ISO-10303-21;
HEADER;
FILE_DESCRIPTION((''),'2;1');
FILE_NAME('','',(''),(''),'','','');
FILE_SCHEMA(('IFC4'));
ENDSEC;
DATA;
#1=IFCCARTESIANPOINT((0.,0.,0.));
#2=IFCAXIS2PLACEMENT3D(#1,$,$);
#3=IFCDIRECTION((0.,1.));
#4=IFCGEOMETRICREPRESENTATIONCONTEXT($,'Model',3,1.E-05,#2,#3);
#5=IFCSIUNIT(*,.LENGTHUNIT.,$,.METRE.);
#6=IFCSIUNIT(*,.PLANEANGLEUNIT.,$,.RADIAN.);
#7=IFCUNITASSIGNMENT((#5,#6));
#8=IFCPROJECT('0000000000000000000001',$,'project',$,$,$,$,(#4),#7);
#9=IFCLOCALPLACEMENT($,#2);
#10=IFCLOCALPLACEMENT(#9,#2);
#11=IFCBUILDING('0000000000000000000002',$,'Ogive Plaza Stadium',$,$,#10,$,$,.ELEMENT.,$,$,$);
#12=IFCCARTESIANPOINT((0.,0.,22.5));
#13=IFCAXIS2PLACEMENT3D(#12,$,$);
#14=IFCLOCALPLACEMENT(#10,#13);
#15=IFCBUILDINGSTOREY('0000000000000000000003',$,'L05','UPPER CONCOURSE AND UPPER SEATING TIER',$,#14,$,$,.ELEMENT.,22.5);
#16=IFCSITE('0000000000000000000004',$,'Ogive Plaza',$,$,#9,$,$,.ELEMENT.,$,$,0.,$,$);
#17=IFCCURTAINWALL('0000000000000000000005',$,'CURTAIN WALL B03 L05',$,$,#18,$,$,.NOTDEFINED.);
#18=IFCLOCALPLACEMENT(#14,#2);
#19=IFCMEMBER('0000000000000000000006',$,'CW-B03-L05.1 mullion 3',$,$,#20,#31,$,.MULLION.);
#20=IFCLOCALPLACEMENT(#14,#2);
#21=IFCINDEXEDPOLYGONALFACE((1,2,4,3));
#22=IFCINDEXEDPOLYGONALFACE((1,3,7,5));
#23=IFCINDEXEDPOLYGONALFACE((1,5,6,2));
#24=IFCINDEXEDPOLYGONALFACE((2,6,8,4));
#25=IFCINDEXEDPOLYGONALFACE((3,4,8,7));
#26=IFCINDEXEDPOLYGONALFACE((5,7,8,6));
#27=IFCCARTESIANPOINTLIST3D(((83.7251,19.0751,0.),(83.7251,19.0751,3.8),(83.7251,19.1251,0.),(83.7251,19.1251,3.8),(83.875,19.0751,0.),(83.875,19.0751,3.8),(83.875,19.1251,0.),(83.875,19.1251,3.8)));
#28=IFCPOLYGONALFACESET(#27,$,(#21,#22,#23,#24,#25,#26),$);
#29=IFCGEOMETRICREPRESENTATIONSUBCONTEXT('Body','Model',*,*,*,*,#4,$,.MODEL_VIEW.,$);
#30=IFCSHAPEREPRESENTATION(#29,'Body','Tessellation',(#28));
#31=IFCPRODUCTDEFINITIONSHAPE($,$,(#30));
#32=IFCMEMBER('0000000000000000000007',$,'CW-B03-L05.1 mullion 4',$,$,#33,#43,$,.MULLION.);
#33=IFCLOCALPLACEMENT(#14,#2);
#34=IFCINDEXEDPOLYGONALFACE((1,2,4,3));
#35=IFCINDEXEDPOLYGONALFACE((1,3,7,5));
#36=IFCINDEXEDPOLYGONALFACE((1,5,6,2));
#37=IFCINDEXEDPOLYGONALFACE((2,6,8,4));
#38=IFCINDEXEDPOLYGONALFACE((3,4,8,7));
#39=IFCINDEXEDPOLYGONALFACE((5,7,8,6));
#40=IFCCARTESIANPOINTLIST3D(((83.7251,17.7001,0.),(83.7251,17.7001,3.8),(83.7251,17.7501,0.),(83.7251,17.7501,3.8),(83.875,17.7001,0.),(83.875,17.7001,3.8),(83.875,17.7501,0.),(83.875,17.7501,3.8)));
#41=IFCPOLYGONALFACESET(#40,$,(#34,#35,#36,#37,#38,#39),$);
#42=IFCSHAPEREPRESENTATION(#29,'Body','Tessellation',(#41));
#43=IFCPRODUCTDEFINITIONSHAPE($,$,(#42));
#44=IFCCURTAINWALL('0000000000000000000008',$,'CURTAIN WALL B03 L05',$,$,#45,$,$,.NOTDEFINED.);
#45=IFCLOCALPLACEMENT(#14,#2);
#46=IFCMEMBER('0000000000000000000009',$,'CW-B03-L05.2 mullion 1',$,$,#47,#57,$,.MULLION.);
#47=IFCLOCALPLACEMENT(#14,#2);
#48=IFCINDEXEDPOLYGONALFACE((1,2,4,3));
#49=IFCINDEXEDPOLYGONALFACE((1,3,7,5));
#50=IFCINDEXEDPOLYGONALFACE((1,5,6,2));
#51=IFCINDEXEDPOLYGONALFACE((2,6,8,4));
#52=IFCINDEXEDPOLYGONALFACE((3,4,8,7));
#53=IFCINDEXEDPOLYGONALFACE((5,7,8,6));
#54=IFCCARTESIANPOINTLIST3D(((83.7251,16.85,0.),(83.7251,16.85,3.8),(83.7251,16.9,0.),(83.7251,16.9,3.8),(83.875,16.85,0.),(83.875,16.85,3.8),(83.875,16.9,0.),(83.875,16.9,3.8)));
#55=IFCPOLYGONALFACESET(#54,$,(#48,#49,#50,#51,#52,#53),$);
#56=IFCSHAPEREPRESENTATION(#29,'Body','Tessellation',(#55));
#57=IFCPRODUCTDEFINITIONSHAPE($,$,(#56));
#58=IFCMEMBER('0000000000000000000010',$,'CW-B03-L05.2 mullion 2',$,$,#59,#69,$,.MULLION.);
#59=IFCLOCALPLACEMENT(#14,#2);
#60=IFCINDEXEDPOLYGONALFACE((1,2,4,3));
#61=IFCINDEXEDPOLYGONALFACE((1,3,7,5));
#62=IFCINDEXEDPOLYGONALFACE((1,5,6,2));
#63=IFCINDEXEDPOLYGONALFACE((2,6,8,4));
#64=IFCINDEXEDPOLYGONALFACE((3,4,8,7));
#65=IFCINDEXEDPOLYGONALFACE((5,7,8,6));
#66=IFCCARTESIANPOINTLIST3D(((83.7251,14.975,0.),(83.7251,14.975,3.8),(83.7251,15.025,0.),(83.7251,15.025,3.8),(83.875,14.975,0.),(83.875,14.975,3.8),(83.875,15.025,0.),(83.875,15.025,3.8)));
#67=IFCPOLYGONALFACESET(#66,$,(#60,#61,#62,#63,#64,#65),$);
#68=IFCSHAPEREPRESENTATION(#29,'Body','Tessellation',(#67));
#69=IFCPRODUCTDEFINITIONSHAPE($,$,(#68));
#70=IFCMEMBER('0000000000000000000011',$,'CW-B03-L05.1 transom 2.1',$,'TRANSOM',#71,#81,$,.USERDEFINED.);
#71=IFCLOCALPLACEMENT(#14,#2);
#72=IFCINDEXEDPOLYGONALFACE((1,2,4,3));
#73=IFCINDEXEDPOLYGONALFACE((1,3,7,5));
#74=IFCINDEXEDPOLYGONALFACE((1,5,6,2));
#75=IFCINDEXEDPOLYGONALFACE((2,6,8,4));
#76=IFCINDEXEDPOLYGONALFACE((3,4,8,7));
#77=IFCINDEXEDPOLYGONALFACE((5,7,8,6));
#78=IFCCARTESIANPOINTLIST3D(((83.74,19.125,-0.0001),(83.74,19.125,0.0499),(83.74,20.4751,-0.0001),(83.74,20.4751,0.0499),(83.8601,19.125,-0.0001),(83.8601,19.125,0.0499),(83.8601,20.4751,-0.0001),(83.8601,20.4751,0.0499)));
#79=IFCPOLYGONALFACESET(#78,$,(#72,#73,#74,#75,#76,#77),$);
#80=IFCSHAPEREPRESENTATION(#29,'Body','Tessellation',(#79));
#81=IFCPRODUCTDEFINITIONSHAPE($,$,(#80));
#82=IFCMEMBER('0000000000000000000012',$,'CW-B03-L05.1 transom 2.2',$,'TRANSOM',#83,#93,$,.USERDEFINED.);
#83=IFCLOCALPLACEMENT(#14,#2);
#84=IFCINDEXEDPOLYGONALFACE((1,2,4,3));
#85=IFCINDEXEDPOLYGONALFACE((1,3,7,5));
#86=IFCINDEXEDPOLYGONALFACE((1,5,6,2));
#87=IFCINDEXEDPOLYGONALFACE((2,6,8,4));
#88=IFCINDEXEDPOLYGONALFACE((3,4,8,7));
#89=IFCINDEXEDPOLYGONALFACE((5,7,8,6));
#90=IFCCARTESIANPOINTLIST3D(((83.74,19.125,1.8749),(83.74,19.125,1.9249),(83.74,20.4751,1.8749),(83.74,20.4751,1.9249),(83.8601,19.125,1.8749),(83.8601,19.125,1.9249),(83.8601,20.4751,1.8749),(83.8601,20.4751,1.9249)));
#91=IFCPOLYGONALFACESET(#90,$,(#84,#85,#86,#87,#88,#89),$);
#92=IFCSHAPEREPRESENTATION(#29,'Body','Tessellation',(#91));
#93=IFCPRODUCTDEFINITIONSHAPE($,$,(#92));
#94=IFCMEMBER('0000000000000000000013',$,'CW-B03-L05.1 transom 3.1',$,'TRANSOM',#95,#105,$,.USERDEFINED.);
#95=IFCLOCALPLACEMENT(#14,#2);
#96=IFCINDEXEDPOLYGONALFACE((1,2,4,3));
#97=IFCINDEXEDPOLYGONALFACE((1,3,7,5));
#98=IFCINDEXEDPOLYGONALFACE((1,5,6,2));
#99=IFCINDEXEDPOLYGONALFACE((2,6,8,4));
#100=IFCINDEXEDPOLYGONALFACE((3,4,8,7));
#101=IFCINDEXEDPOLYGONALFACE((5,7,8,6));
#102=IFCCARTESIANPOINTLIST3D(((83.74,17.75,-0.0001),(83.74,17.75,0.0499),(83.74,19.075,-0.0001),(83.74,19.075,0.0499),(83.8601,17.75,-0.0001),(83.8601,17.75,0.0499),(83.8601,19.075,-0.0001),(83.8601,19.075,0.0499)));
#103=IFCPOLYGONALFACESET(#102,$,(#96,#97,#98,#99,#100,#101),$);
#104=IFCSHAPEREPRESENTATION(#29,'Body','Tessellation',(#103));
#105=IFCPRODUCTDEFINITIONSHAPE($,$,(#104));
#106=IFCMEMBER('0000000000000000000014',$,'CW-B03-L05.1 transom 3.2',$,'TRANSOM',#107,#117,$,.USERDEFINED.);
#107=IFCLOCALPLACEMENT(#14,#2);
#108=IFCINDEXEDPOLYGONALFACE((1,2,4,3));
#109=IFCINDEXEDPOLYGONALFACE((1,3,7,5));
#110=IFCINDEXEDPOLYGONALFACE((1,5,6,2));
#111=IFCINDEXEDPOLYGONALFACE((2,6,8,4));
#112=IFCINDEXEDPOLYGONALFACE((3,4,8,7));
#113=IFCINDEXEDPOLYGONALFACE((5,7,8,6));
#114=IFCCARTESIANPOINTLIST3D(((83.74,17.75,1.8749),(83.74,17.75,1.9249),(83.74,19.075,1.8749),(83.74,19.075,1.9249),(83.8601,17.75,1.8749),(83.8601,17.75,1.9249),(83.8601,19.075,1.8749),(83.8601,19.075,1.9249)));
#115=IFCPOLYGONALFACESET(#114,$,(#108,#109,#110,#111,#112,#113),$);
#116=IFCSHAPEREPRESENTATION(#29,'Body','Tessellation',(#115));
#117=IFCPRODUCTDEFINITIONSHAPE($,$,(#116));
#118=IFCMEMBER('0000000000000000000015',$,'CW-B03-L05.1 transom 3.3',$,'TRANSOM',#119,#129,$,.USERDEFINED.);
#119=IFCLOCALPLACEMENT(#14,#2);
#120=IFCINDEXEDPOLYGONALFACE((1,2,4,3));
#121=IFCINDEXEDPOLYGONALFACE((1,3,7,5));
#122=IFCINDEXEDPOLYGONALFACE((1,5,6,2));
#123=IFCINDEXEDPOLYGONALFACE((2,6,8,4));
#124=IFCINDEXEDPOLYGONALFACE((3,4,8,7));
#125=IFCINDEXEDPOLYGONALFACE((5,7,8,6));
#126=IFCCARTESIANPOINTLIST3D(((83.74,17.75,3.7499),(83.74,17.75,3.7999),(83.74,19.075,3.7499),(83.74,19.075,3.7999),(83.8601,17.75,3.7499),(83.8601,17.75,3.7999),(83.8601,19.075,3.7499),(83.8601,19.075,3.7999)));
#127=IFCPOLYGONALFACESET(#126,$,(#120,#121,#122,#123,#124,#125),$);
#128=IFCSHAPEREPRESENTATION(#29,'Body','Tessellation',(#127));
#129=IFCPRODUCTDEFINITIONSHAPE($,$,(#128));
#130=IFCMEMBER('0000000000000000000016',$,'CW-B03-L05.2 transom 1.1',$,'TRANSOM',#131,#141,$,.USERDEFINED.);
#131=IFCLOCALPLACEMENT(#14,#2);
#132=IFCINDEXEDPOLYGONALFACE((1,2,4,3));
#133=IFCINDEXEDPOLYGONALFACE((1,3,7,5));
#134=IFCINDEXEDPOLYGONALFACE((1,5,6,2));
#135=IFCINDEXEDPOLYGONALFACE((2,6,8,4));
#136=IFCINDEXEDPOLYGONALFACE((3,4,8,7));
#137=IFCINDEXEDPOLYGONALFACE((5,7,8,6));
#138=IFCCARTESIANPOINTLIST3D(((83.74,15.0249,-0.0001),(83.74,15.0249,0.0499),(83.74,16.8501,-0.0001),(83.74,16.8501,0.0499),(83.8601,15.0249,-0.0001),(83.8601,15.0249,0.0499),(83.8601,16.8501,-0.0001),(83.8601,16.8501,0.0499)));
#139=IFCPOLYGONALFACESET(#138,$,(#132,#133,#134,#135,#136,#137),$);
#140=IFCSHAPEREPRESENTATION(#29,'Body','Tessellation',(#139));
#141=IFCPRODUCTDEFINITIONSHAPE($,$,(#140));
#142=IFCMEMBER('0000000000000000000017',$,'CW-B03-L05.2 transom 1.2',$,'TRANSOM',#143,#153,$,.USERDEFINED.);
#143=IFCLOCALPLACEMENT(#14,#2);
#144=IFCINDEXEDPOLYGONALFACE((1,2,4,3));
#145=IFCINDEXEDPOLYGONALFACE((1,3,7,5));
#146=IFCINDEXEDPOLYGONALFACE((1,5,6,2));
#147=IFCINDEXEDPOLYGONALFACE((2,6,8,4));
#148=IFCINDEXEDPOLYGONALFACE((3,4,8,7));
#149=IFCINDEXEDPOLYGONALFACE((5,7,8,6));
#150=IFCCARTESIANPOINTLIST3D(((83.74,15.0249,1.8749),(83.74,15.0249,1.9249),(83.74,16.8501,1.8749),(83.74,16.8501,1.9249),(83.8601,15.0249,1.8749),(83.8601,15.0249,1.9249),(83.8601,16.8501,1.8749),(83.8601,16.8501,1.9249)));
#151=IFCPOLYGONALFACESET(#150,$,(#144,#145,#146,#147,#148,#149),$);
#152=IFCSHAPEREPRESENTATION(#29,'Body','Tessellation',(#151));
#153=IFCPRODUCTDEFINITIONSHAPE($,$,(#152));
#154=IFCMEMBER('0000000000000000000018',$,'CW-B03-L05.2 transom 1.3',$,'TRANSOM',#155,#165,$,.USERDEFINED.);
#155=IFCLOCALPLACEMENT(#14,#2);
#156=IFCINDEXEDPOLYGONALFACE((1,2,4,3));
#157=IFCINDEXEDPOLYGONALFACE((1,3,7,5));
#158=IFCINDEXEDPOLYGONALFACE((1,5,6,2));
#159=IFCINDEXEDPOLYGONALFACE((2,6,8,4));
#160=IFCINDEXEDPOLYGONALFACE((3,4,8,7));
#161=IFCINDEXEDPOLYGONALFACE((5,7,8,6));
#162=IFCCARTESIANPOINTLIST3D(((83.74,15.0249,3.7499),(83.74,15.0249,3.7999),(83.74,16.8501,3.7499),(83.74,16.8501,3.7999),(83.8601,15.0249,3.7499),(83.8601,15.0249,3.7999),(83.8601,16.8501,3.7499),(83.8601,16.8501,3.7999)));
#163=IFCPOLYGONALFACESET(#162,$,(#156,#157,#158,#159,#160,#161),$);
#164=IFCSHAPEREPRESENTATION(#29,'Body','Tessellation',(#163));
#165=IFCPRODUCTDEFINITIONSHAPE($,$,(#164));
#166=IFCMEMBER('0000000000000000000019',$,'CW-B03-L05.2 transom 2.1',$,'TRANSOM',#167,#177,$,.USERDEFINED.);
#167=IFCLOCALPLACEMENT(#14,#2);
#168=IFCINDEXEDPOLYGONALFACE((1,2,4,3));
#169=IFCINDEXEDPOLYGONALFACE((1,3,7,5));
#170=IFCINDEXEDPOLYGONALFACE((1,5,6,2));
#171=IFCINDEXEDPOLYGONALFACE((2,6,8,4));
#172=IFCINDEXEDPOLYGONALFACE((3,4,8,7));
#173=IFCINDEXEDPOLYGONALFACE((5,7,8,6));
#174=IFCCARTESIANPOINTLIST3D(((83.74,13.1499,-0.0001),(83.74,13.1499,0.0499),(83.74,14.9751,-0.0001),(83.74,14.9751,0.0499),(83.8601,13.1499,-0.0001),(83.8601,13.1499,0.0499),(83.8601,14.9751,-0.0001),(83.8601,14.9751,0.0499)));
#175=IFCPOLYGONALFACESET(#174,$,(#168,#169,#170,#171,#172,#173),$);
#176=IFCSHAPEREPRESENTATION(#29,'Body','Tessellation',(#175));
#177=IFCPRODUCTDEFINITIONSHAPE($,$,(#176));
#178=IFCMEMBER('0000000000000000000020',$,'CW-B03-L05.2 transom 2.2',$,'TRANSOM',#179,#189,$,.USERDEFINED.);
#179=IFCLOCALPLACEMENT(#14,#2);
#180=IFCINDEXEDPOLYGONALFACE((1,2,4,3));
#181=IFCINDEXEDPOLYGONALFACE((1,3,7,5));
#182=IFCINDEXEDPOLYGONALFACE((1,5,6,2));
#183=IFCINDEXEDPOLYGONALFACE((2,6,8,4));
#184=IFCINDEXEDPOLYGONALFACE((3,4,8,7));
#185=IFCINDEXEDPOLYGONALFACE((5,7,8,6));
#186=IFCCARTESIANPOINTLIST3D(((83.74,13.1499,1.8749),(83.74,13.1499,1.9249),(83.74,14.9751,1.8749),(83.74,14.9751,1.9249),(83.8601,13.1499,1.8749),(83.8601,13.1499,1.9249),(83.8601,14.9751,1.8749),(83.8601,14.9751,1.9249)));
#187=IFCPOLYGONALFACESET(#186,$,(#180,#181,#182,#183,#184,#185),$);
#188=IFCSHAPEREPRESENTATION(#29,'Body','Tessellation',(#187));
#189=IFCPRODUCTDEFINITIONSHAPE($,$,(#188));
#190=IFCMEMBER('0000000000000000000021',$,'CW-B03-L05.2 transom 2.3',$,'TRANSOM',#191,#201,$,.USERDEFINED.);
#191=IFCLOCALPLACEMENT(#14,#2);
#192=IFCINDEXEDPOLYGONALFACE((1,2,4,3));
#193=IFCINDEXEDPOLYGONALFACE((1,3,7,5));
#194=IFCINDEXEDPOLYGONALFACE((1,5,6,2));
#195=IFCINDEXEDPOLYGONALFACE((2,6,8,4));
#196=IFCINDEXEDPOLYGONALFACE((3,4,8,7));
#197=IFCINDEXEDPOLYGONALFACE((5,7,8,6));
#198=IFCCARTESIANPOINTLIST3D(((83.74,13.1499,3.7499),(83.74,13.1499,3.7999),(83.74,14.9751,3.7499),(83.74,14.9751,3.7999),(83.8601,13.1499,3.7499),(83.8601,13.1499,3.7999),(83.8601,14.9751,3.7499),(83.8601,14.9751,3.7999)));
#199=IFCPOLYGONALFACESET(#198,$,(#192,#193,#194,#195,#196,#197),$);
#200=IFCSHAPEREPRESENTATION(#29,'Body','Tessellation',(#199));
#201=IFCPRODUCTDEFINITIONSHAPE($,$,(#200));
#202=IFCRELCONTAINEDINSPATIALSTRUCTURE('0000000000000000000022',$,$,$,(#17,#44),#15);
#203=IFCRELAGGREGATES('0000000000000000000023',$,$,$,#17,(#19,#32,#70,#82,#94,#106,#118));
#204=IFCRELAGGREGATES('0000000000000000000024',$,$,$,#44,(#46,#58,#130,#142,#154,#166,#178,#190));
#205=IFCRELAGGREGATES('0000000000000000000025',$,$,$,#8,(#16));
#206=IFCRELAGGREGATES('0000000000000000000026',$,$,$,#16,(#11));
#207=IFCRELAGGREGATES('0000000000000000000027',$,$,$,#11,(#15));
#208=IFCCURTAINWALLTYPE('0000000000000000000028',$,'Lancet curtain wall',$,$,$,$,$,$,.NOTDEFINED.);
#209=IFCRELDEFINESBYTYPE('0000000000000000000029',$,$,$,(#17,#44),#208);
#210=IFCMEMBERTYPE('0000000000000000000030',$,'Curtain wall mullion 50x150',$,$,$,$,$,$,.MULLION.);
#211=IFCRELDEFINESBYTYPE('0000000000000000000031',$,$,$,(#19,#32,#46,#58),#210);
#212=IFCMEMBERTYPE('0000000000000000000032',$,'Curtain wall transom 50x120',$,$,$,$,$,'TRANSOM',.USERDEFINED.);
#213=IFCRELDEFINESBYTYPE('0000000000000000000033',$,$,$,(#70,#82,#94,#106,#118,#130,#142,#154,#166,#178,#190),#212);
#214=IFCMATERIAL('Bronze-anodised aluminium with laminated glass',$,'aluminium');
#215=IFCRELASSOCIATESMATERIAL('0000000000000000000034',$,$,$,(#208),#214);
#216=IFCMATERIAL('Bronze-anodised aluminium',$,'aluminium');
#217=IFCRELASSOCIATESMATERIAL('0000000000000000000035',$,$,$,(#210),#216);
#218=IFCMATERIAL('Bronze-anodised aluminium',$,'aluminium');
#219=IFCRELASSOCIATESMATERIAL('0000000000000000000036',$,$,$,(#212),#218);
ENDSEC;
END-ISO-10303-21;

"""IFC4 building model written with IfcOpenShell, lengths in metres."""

from ifc_helpers import new_model, si_unit, direction, frame, origin, origin_2d, place, context, subcontext, project, spatial, rectangle, extrude, material, material_profile, profile_set, type_object, element, aggregate, save


model = new_model("IFC4")

# Units and contexts
model_context = context("Model", 3, precision=1e-05, world=origin(), true_north=direction((0.0, 1.0)))
body_context = subcontext(model_context, "Body", "Model", "MODEL_VIEW")
ifc_project = project(units=[si_unit("LENGTHUNIT", "METRE"), si_unit("PLANEANGLEUNIT", "RADIAN")], contexts=[model_context])

# Site, building, storey
site_placement = place(None, origin())
site = spatial("IfcSite", under=ifc_project, at=site_placement, Name="Ogive Plaza", CompositionType="ELEMENT", RefElevation=0.0)
building_placement = place(site_placement, origin())
building = spatial("IfcBuilding", under=site, at=building_placement, Name="Ogive Plaza Stadium", CompositionType="ELEMENT")
storey_placement = place(building_placement, frame((0.0, 0.0, 22.5)))
storey = spatial("IfcBuildingStorey", under=building, at=storey_placement, Name="L05", Description="UPPER CONCOURSE AND UPPER SEATING TIER", CompositionType="ELEMENT", Elevation=22.5)

# Curtain walls, members
ifc_material_1 = material(Name="Bronze-anodised aluminium with laminated glass", Category="aluminium")
curtain_wall_type = type_object("IfcCurtainWallType", Name="Lancet curtain wall", PredefinedType="NOTDEFINED", material=ifc_material_1)
curtain_wall_1_placement = place(storey_placement, origin())
curtain_wall_1 = element("IfcCurtainWall", 1, at=curtain_wall_1_placement, inside=storey, type_object=curtain_wall_type, Name="CURTAIN WALL B03 L05", PredefinedType="NOTDEFINED")
ifc_material_2 = material(Name="Bronze-anodised aluminium", Category="aluminium")
ifc_material_profile_1 = material_profile(ifc_material_2, rectangle(XDim=0.1499, YDim=0.05, at=origin_2d()), Name="AL 150x50")
ifc_profile_set_1 = profile_set([ifc_material_profile_1], Name="Bronze-anodised aluminium")
member_type_1 = type_object("IfcMemberType", Name="Curtain wall mullion 50x150", PredefinedType="MULLION", material=ifc_profile_set_1)
member_1_placement = place(storey_placement, frame((83.8, 19.1001, 0.0), z_axis=(0.0, 0.0, 1.0), x_axis=(1.0, 0.0, 0.0)))
member_1 = element("IfcMember", 2, at=member_1_placement, type_object=member_type_1, Name="CW-B03-L05.1 mullion 3", PredefinedType="MULLION", context=body_context, shape_type="SweptSolid", body=[
    extrude(rectangle(XDim=0.1499, YDim=0.05, at=origin_2d()), origin(), (0.0, 0.0, 1.0), 3.8),
])
member_2_placement = place(storey_placement, frame((83.8, 17.7251, 0.0), z_axis=(0.0, 0.0, 1.0), x_axis=(1.0, 0.0, 0.0)))
member_2 = element("IfcMember", 3, at=member_2_placement, type_object=member_type_1, Name="CW-B03-L05.1 mullion 4", PredefinedType="MULLION", context=body_context, shape_type="SweptSolid", body=[
    extrude(rectangle(XDim=0.1499, YDim=0.05, at=origin_2d()), origin(), (0.0, 0.0, 1.0), 3.8),
])
curtain_wall_2_placement = place(storey_placement, origin())
curtain_wall_2 = element("IfcCurtainWall", 4, at=curtain_wall_2_placement, inside=storey, type_object=curtain_wall_type, Name="CURTAIN WALL B03 L05", PredefinedType="NOTDEFINED")
member_3_placement = place(storey_placement, frame((83.8, 16.875, 0.0), z_axis=(0.0, 0.0, 1.0), x_axis=(1.0, 0.0, 0.0)))
member_3 = element("IfcMember", 5, at=member_3_placement, type_object=member_type_1, Name="CW-B03-L05.2 mullion 1", PredefinedType="MULLION", context=body_context, shape_type="SweptSolid", body=[
    extrude(rectangle(XDim=0.1499, YDim=0.05, at=origin_2d()), origin(), (0.0, 0.0, 1.0), 3.8),
])
member_4_placement = place(storey_placement, frame((83.8, 15.0, 0.0), z_axis=(0.0, 0.0, 1.0), x_axis=(1.0, 0.0, 0.0)))
member_4 = element("IfcMember", 6, at=member_4_placement, type_object=member_type_1, Name="CW-B03-L05.2 mullion 2", PredefinedType="MULLION", context=body_context, shape_type="SweptSolid", body=[
    extrude(rectangle(XDim=0.1499, YDim=0.05, at=origin_2d()), origin(), (0.0, 0.0, 1.0), 3.8),
])

# Members
ifc_material_3 = material(Name="Bronze-anodised aluminium", Category="aluminium")
ifc_material_profile_2 = material_profile(ifc_material_3, rectangle(XDim=0.1201, YDim=0.05, at=origin_2d()), Name="AL 120x50")
ifc_profile_set_2 = profile_set([ifc_material_profile_2], Name="Bronze-anodised aluminium")
member_type_2 = type_object("IfcMemberType", Name="Curtain wall transom 50x120", ElementType="TRANSOM", PredefinedType="USERDEFINED", material=ifc_profile_set_2)
member_5_placement = place(storey_placement, frame((83.8, 20.4751, 0.0249), z_axis=(0.0, -1.0, 0.0), x_axis=(1.0, 0.0, 0.0)))
member_5 = element("IfcMember", 7, at=member_5_placement, type_object=member_type_2, Name="CW-B03-L05.1 transom 2.1", ObjectType="TRANSOM", PredefinedType="USERDEFINED", context=body_context, shape_type="SweptSolid", body=[
    extrude(rectangle(XDim=0.1201, YDim=0.05, at=origin_2d()), origin(), (0.0, 0.0, 1.0), 1.3501),
])
member_6_placement = place(storey_placement, frame((83.8, 20.4751, 1.8999), z_axis=(0.0, -1.0, 0.0), x_axis=(1.0, 0.0, 0.0)))
member_6 = element("IfcMember", 8, at=member_6_placement, type_object=member_type_2, Name="CW-B03-L05.1 transom 2.2", ObjectType="TRANSOM", PredefinedType="USERDEFINED", context=body_context, shape_type="SweptSolid", body=[
    extrude(rectangle(XDim=0.1201, YDim=0.05, at=origin_2d()), origin(), (0.0, 0.0, 1.0), 1.3501),
])
member_7_placement = place(storey_placement, frame((83.8, 19.075, 0.0249), z_axis=(0.0, -1.0, 0.0), x_axis=(1.0, 0.0, 0.0)))
member_7 = element("IfcMember", 9, at=member_7_placement, type_object=member_type_2, Name="CW-B03-L05.1 transom 3.1", ObjectType="TRANSOM", PredefinedType="USERDEFINED", context=body_context, shape_type="SweptSolid", body=[
    extrude(rectangle(XDim=0.1201, YDim=0.05, at=origin_2d()), origin(), (0.0, 0.0, 1.0), 1.325),
])
member_8_placement = place(storey_placement, frame((83.8, 19.075, 1.8999), z_axis=(0.0, -1.0, 0.0), x_axis=(1.0, 0.0, 0.0)))
member_8 = element("IfcMember", 10, at=member_8_placement, type_object=member_type_2, Name="CW-B03-L05.1 transom 3.2", ObjectType="TRANSOM", PredefinedType="USERDEFINED", context=body_context, shape_type="SweptSolid", body=[
    extrude(rectangle(XDim=0.1201, YDim=0.05, at=origin_2d()), origin(), (0.0, 0.0, 1.0), 1.325),
])
member_9_placement = place(storey_placement, frame((83.8, 19.075, 3.7749), z_axis=(0.0, -1.0, 0.0), x_axis=(1.0, 0.0, 0.0)))
member_9 = element("IfcMember", 11, at=member_9_placement, type_object=member_type_2, Name="CW-B03-L05.1 transom 3.3", ObjectType="TRANSOM", PredefinedType="USERDEFINED", context=body_context, shape_type="SweptSolid", body=[
    extrude(rectangle(XDim=0.1201, YDim=0.05, at=origin_2d()), origin(), (0.0, 0.0, 1.0), 1.325),
])
member_10_placement = place(storey_placement, frame((83.8, 16.8501, 0.0249), z_axis=(0.0, -1.0, 0.0), x_axis=(1.0, 0.0, 0.0)))
member_10 = element("IfcMember", 12, at=member_10_placement, type_object=member_type_2, Name="CW-B03-L05.2 transom 1.1", ObjectType="TRANSOM", PredefinedType="USERDEFINED", context=body_context, shape_type="SweptSolid", body=[
    extrude(rectangle(XDim=0.1201, YDim=0.05, at=origin_2d()), origin(), (0.0, 0.0, 1.0), 1.8252),
])
member_11_placement = place(storey_placement, frame((83.8, 16.8501, 1.8999), z_axis=(0.0, -1.0, 0.0), x_axis=(1.0, 0.0, 0.0)))
member_11 = element("IfcMember", 13, at=member_11_placement, type_object=member_type_2, Name="CW-B03-L05.2 transom 1.2", ObjectType="TRANSOM", PredefinedType="USERDEFINED", context=body_context, shape_type="SweptSolid", body=[
    extrude(rectangle(XDim=0.1201, YDim=0.05, at=origin_2d()), origin(), (0.0, 0.0, 1.0), 1.8252),
])
member_12_placement = place(storey_placement, frame((83.8, 16.8501, 3.7749), z_axis=(0.0, -1.0, 0.0), x_axis=(1.0, 0.0, 0.0)))
member_12 = element("IfcMember", 14, at=member_12_placement, type_object=member_type_2, Name="CW-B03-L05.2 transom 1.3", ObjectType="TRANSOM", PredefinedType="USERDEFINED", context=body_context, shape_type="SweptSolid", body=[
    extrude(rectangle(XDim=0.1201, YDim=0.05, at=origin_2d()), origin(), (0.0, 0.0, 1.0), 1.8252),
])
member_13_placement = place(storey_placement, frame((83.8, 14.9751, 0.0249), z_axis=(0.0, -1.0, 0.0), x_axis=(1.0, 0.0, 0.0)))
member_13 = element("IfcMember", 15, at=member_13_placement, type_object=member_type_2, Name="CW-B03-L05.2 transom 2.1", ObjectType="TRANSOM", PredefinedType="USERDEFINED", context=body_context, shape_type="SweptSolid", body=[
    extrude(rectangle(XDim=0.1201, YDim=0.05, at=origin_2d()), origin(), (0.0, 0.0, 1.0), 1.8252),
])
member_14_placement = place(storey_placement, frame((83.8, 14.9751, 1.8999), z_axis=(0.0, -1.0, 0.0), x_axis=(1.0, 0.0, 0.0)))
member_14 = element("IfcMember", 16, at=member_14_placement, type_object=member_type_2, Name="CW-B03-L05.2 transom 2.2", ObjectType="TRANSOM", PredefinedType="USERDEFINED", context=body_context, shape_type="SweptSolid", body=[
    extrude(rectangle(XDim=0.1201, YDim=0.05, at=origin_2d()), origin(), (0.0, 0.0, 1.0), 1.8252),
])
member_15_placement = place(storey_placement, frame((83.8, 14.9751, 3.7749), z_axis=(0.0, -1.0, 0.0), x_axis=(1.0, 0.0, 0.0)))
member_15 = element("IfcMember", 17, at=member_15_placement, type_object=member_type_2, Name="CW-B03-L05.2 transom 2.3", ObjectType="TRANSOM", PredefinedType="USERDEFINED", context=body_context, shape_type="SweptSolid", body=[
    extrude(rectangle(XDim=0.1201, YDim=0.05, at=origin_2d()), origin(), (0.0, 0.0, 1.0), 1.8252),
])

aggregate(curtain_wall_1, [member_1, member_2, member_5, member_6, member_7, member_8, member_9])
aggregate(curtain_wall_2, [member_3, member_4, member_10, member_11, member_12, member_13, member_14, member_15])

save(model, "model.ifc")
